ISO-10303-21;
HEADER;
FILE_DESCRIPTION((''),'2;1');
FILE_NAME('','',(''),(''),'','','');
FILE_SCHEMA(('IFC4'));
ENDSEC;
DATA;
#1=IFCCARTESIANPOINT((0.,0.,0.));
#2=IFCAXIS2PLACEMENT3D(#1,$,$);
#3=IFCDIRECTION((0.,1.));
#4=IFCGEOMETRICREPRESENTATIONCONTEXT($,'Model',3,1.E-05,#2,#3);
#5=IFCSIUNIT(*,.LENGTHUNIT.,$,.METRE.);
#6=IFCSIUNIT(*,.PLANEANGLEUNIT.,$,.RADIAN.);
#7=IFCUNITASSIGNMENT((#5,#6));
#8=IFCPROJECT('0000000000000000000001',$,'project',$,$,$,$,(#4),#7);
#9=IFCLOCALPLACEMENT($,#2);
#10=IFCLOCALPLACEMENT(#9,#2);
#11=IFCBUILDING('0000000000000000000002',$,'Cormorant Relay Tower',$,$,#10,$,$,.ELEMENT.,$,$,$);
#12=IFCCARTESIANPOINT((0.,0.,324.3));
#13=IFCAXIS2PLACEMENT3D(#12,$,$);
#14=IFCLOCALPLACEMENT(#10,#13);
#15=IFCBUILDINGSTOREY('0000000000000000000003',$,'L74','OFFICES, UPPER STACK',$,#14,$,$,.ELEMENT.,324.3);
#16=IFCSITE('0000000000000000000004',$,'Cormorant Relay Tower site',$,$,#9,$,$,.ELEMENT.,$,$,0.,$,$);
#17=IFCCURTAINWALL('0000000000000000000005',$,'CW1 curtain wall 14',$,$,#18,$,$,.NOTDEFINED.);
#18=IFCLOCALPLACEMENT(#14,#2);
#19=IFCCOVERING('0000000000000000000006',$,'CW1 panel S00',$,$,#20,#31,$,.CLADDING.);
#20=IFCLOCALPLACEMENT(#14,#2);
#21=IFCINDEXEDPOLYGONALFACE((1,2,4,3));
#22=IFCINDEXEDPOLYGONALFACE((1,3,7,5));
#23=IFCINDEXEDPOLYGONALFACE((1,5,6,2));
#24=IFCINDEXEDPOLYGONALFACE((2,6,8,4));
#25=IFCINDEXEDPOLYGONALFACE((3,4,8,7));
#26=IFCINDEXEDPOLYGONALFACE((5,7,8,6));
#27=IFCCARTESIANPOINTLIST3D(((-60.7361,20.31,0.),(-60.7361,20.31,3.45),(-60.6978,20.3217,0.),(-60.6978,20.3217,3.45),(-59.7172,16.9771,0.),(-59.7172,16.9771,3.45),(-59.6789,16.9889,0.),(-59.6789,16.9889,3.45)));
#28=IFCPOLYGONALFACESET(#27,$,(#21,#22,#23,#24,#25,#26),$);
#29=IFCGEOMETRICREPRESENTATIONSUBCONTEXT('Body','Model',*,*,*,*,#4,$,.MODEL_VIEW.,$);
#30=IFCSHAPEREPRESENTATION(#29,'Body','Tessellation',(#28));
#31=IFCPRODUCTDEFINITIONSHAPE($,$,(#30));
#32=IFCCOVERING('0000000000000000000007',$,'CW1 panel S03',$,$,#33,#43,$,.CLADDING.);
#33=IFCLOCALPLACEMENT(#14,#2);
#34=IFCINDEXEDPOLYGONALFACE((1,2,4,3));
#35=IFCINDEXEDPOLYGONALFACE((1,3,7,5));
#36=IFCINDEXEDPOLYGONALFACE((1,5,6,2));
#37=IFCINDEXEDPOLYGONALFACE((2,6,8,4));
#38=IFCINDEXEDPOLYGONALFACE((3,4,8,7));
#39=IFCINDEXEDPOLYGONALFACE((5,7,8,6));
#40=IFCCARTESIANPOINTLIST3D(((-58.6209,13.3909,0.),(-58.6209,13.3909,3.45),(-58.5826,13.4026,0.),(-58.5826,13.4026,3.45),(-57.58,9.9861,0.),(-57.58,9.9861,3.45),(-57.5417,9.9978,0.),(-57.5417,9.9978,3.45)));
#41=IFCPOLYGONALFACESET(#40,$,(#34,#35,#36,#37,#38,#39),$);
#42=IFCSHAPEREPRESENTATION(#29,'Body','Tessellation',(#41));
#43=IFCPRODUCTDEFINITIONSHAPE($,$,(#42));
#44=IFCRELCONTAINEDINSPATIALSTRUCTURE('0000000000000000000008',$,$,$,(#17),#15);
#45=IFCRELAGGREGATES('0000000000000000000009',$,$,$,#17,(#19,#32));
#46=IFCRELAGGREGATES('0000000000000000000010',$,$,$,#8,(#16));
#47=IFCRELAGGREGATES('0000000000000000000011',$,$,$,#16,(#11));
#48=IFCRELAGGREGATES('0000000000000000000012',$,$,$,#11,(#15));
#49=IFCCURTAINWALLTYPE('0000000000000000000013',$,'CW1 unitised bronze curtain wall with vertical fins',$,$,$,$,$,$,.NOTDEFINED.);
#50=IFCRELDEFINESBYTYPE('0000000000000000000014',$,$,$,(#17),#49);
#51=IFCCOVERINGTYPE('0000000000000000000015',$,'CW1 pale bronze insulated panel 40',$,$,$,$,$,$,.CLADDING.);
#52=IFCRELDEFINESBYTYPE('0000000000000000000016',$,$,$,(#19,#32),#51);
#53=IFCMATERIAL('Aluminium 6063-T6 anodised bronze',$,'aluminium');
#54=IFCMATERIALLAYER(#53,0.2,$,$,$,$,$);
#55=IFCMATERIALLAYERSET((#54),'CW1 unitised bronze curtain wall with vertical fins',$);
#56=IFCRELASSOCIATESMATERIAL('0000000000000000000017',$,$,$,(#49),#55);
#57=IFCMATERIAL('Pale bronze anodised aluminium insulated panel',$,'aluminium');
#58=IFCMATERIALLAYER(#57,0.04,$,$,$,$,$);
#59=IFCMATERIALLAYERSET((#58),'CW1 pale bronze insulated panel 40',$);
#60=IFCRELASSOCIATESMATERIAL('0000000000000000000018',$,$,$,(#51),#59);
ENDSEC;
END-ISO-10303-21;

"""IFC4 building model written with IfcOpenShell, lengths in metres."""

from ifc_helpers import new_model, si_unit, direction, frame, origin, origin_2d, place, context, subcontext, project, spatial, rectangle, extrude, material, layer, layer_set, type_object, element, aggregate, save


model = new_model("IFC4")

# Units and contexts
model_context = context("Model", 3, precision=1e-05, world=origin(), true_north=direction((0.0, 1.0)))
body_context = subcontext(model_context, "Body", "Model", "MODEL_VIEW")
ifc_project = project(units=[si_unit("LENGTHUNIT", "METRE"), si_unit("PLANEANGLEUNIT", "RADIAN")], contexts=[model_context])

# Site, building, storey
site_placement = place(None, origin())
site = spatial("IfcSite", under=ifc_project, at=site_placement, Name="Cormorant Relay Tower site", CompositionType="ELEMENT", RefElevation=0.0)
building_placement = place(site_placement, origin())
building = spatial("IfcBuilding", under=site, at=building_placement, Name="Cormorant Relay Tower", CompositionType="ELEMENT")
storey_placement = place(building_placement, frame((0.0, 0.0, 324.3)))
storey = spatial("IfcBuildingStorey", under=building, at=storey_placement, Name="L74", Description="OFFICES, UPPER STACK", CompositionType="ELEMENT", Elevation=324.3)

# Curtain wall
ifc_material_1 = material(Name="Aluminium 6063-T6 anodised bronze", Category="aluminium")
ifc_layer_1 = layer(ifc_material_1, 0.2)
ifc_layer_set_1 = layer_set([ifc_layer_1], Name="CW1 unitised bronze curtain wall with vertical fins")
curtain_wall_type = type_object("IfcCurtainWallType", Name="CW1 unitised bronze curtain wall with vertical fins", PredefinedType="NOTDEFINED", material=ifc_layer_set_1)
curtain_wall_placement = place(storey_placement, origin())
curtain_wall = element("IfcCurtainWall", 1, at=curtain_wall_placement, inside=storey, type_object=curtain_wall_type, Name="CW1 curtain wall 14", PredefinedType="NOTDEFINED")

# Coverings
ifc_material_2 = material(Name="Pale bronze anodised aluminium insulated panel", Category="aluminium")
ifc_layer_2 = layer(ifc_material_2, 0.04)
ifc_layer_set_2 = layer_set([ifc_layer_2], Name="CW1 pale bronze insulated panel 40")
covering_type = type_object("IfcCoveringType", Name="CW1 pale bronze insulated panel 40", PredefinedType="CLADDING", material=ifc_layer_set_2)
covering_1_placement = place(storey_placement, frame((-60.2075, 18.6494, 0.0), z_axis=(0.0, 0.0, 1.0), x_axis=(0.292372, -0.956305, 0.0)))
covering_1 = element("IfcCovering", 2, at=covering_1_placement, type_object=covering_type, Name="CW1 panel S00", PredefinedType="CLADDING", context=body_context, shape_type="SweptSolid", body=[
    extrude(rectangle(XDim=3.4851, YDim=0.04, at=origin_2d()), origin(), (0.0, 0.0, 1.0), 3.45),
])
covering_2_placement = place(storey_placement, frame((-58.0813, 11.6943, 0.0), z_axis=(0.0, 0.0, 1.0), x_axis=(0.292372, -0.956305, 0.0)))
covering_2 = element("IfcCovering", 3, at=covering_2_placement, type_object=covering_type, Name="CW1 panel S03", PredefinedType="CLADDING", context=body_context, shape_type="SweptSolid", body=[
    extrude(rectangle(XDim=3.5603, YDim=0.04, at=origin_2d()), origin(), (0.0, 0.0, 1.0), 3.45),
])
aggregate(curtain_wall, [covering_1, covering_2])

save(model, "model.ifc")
